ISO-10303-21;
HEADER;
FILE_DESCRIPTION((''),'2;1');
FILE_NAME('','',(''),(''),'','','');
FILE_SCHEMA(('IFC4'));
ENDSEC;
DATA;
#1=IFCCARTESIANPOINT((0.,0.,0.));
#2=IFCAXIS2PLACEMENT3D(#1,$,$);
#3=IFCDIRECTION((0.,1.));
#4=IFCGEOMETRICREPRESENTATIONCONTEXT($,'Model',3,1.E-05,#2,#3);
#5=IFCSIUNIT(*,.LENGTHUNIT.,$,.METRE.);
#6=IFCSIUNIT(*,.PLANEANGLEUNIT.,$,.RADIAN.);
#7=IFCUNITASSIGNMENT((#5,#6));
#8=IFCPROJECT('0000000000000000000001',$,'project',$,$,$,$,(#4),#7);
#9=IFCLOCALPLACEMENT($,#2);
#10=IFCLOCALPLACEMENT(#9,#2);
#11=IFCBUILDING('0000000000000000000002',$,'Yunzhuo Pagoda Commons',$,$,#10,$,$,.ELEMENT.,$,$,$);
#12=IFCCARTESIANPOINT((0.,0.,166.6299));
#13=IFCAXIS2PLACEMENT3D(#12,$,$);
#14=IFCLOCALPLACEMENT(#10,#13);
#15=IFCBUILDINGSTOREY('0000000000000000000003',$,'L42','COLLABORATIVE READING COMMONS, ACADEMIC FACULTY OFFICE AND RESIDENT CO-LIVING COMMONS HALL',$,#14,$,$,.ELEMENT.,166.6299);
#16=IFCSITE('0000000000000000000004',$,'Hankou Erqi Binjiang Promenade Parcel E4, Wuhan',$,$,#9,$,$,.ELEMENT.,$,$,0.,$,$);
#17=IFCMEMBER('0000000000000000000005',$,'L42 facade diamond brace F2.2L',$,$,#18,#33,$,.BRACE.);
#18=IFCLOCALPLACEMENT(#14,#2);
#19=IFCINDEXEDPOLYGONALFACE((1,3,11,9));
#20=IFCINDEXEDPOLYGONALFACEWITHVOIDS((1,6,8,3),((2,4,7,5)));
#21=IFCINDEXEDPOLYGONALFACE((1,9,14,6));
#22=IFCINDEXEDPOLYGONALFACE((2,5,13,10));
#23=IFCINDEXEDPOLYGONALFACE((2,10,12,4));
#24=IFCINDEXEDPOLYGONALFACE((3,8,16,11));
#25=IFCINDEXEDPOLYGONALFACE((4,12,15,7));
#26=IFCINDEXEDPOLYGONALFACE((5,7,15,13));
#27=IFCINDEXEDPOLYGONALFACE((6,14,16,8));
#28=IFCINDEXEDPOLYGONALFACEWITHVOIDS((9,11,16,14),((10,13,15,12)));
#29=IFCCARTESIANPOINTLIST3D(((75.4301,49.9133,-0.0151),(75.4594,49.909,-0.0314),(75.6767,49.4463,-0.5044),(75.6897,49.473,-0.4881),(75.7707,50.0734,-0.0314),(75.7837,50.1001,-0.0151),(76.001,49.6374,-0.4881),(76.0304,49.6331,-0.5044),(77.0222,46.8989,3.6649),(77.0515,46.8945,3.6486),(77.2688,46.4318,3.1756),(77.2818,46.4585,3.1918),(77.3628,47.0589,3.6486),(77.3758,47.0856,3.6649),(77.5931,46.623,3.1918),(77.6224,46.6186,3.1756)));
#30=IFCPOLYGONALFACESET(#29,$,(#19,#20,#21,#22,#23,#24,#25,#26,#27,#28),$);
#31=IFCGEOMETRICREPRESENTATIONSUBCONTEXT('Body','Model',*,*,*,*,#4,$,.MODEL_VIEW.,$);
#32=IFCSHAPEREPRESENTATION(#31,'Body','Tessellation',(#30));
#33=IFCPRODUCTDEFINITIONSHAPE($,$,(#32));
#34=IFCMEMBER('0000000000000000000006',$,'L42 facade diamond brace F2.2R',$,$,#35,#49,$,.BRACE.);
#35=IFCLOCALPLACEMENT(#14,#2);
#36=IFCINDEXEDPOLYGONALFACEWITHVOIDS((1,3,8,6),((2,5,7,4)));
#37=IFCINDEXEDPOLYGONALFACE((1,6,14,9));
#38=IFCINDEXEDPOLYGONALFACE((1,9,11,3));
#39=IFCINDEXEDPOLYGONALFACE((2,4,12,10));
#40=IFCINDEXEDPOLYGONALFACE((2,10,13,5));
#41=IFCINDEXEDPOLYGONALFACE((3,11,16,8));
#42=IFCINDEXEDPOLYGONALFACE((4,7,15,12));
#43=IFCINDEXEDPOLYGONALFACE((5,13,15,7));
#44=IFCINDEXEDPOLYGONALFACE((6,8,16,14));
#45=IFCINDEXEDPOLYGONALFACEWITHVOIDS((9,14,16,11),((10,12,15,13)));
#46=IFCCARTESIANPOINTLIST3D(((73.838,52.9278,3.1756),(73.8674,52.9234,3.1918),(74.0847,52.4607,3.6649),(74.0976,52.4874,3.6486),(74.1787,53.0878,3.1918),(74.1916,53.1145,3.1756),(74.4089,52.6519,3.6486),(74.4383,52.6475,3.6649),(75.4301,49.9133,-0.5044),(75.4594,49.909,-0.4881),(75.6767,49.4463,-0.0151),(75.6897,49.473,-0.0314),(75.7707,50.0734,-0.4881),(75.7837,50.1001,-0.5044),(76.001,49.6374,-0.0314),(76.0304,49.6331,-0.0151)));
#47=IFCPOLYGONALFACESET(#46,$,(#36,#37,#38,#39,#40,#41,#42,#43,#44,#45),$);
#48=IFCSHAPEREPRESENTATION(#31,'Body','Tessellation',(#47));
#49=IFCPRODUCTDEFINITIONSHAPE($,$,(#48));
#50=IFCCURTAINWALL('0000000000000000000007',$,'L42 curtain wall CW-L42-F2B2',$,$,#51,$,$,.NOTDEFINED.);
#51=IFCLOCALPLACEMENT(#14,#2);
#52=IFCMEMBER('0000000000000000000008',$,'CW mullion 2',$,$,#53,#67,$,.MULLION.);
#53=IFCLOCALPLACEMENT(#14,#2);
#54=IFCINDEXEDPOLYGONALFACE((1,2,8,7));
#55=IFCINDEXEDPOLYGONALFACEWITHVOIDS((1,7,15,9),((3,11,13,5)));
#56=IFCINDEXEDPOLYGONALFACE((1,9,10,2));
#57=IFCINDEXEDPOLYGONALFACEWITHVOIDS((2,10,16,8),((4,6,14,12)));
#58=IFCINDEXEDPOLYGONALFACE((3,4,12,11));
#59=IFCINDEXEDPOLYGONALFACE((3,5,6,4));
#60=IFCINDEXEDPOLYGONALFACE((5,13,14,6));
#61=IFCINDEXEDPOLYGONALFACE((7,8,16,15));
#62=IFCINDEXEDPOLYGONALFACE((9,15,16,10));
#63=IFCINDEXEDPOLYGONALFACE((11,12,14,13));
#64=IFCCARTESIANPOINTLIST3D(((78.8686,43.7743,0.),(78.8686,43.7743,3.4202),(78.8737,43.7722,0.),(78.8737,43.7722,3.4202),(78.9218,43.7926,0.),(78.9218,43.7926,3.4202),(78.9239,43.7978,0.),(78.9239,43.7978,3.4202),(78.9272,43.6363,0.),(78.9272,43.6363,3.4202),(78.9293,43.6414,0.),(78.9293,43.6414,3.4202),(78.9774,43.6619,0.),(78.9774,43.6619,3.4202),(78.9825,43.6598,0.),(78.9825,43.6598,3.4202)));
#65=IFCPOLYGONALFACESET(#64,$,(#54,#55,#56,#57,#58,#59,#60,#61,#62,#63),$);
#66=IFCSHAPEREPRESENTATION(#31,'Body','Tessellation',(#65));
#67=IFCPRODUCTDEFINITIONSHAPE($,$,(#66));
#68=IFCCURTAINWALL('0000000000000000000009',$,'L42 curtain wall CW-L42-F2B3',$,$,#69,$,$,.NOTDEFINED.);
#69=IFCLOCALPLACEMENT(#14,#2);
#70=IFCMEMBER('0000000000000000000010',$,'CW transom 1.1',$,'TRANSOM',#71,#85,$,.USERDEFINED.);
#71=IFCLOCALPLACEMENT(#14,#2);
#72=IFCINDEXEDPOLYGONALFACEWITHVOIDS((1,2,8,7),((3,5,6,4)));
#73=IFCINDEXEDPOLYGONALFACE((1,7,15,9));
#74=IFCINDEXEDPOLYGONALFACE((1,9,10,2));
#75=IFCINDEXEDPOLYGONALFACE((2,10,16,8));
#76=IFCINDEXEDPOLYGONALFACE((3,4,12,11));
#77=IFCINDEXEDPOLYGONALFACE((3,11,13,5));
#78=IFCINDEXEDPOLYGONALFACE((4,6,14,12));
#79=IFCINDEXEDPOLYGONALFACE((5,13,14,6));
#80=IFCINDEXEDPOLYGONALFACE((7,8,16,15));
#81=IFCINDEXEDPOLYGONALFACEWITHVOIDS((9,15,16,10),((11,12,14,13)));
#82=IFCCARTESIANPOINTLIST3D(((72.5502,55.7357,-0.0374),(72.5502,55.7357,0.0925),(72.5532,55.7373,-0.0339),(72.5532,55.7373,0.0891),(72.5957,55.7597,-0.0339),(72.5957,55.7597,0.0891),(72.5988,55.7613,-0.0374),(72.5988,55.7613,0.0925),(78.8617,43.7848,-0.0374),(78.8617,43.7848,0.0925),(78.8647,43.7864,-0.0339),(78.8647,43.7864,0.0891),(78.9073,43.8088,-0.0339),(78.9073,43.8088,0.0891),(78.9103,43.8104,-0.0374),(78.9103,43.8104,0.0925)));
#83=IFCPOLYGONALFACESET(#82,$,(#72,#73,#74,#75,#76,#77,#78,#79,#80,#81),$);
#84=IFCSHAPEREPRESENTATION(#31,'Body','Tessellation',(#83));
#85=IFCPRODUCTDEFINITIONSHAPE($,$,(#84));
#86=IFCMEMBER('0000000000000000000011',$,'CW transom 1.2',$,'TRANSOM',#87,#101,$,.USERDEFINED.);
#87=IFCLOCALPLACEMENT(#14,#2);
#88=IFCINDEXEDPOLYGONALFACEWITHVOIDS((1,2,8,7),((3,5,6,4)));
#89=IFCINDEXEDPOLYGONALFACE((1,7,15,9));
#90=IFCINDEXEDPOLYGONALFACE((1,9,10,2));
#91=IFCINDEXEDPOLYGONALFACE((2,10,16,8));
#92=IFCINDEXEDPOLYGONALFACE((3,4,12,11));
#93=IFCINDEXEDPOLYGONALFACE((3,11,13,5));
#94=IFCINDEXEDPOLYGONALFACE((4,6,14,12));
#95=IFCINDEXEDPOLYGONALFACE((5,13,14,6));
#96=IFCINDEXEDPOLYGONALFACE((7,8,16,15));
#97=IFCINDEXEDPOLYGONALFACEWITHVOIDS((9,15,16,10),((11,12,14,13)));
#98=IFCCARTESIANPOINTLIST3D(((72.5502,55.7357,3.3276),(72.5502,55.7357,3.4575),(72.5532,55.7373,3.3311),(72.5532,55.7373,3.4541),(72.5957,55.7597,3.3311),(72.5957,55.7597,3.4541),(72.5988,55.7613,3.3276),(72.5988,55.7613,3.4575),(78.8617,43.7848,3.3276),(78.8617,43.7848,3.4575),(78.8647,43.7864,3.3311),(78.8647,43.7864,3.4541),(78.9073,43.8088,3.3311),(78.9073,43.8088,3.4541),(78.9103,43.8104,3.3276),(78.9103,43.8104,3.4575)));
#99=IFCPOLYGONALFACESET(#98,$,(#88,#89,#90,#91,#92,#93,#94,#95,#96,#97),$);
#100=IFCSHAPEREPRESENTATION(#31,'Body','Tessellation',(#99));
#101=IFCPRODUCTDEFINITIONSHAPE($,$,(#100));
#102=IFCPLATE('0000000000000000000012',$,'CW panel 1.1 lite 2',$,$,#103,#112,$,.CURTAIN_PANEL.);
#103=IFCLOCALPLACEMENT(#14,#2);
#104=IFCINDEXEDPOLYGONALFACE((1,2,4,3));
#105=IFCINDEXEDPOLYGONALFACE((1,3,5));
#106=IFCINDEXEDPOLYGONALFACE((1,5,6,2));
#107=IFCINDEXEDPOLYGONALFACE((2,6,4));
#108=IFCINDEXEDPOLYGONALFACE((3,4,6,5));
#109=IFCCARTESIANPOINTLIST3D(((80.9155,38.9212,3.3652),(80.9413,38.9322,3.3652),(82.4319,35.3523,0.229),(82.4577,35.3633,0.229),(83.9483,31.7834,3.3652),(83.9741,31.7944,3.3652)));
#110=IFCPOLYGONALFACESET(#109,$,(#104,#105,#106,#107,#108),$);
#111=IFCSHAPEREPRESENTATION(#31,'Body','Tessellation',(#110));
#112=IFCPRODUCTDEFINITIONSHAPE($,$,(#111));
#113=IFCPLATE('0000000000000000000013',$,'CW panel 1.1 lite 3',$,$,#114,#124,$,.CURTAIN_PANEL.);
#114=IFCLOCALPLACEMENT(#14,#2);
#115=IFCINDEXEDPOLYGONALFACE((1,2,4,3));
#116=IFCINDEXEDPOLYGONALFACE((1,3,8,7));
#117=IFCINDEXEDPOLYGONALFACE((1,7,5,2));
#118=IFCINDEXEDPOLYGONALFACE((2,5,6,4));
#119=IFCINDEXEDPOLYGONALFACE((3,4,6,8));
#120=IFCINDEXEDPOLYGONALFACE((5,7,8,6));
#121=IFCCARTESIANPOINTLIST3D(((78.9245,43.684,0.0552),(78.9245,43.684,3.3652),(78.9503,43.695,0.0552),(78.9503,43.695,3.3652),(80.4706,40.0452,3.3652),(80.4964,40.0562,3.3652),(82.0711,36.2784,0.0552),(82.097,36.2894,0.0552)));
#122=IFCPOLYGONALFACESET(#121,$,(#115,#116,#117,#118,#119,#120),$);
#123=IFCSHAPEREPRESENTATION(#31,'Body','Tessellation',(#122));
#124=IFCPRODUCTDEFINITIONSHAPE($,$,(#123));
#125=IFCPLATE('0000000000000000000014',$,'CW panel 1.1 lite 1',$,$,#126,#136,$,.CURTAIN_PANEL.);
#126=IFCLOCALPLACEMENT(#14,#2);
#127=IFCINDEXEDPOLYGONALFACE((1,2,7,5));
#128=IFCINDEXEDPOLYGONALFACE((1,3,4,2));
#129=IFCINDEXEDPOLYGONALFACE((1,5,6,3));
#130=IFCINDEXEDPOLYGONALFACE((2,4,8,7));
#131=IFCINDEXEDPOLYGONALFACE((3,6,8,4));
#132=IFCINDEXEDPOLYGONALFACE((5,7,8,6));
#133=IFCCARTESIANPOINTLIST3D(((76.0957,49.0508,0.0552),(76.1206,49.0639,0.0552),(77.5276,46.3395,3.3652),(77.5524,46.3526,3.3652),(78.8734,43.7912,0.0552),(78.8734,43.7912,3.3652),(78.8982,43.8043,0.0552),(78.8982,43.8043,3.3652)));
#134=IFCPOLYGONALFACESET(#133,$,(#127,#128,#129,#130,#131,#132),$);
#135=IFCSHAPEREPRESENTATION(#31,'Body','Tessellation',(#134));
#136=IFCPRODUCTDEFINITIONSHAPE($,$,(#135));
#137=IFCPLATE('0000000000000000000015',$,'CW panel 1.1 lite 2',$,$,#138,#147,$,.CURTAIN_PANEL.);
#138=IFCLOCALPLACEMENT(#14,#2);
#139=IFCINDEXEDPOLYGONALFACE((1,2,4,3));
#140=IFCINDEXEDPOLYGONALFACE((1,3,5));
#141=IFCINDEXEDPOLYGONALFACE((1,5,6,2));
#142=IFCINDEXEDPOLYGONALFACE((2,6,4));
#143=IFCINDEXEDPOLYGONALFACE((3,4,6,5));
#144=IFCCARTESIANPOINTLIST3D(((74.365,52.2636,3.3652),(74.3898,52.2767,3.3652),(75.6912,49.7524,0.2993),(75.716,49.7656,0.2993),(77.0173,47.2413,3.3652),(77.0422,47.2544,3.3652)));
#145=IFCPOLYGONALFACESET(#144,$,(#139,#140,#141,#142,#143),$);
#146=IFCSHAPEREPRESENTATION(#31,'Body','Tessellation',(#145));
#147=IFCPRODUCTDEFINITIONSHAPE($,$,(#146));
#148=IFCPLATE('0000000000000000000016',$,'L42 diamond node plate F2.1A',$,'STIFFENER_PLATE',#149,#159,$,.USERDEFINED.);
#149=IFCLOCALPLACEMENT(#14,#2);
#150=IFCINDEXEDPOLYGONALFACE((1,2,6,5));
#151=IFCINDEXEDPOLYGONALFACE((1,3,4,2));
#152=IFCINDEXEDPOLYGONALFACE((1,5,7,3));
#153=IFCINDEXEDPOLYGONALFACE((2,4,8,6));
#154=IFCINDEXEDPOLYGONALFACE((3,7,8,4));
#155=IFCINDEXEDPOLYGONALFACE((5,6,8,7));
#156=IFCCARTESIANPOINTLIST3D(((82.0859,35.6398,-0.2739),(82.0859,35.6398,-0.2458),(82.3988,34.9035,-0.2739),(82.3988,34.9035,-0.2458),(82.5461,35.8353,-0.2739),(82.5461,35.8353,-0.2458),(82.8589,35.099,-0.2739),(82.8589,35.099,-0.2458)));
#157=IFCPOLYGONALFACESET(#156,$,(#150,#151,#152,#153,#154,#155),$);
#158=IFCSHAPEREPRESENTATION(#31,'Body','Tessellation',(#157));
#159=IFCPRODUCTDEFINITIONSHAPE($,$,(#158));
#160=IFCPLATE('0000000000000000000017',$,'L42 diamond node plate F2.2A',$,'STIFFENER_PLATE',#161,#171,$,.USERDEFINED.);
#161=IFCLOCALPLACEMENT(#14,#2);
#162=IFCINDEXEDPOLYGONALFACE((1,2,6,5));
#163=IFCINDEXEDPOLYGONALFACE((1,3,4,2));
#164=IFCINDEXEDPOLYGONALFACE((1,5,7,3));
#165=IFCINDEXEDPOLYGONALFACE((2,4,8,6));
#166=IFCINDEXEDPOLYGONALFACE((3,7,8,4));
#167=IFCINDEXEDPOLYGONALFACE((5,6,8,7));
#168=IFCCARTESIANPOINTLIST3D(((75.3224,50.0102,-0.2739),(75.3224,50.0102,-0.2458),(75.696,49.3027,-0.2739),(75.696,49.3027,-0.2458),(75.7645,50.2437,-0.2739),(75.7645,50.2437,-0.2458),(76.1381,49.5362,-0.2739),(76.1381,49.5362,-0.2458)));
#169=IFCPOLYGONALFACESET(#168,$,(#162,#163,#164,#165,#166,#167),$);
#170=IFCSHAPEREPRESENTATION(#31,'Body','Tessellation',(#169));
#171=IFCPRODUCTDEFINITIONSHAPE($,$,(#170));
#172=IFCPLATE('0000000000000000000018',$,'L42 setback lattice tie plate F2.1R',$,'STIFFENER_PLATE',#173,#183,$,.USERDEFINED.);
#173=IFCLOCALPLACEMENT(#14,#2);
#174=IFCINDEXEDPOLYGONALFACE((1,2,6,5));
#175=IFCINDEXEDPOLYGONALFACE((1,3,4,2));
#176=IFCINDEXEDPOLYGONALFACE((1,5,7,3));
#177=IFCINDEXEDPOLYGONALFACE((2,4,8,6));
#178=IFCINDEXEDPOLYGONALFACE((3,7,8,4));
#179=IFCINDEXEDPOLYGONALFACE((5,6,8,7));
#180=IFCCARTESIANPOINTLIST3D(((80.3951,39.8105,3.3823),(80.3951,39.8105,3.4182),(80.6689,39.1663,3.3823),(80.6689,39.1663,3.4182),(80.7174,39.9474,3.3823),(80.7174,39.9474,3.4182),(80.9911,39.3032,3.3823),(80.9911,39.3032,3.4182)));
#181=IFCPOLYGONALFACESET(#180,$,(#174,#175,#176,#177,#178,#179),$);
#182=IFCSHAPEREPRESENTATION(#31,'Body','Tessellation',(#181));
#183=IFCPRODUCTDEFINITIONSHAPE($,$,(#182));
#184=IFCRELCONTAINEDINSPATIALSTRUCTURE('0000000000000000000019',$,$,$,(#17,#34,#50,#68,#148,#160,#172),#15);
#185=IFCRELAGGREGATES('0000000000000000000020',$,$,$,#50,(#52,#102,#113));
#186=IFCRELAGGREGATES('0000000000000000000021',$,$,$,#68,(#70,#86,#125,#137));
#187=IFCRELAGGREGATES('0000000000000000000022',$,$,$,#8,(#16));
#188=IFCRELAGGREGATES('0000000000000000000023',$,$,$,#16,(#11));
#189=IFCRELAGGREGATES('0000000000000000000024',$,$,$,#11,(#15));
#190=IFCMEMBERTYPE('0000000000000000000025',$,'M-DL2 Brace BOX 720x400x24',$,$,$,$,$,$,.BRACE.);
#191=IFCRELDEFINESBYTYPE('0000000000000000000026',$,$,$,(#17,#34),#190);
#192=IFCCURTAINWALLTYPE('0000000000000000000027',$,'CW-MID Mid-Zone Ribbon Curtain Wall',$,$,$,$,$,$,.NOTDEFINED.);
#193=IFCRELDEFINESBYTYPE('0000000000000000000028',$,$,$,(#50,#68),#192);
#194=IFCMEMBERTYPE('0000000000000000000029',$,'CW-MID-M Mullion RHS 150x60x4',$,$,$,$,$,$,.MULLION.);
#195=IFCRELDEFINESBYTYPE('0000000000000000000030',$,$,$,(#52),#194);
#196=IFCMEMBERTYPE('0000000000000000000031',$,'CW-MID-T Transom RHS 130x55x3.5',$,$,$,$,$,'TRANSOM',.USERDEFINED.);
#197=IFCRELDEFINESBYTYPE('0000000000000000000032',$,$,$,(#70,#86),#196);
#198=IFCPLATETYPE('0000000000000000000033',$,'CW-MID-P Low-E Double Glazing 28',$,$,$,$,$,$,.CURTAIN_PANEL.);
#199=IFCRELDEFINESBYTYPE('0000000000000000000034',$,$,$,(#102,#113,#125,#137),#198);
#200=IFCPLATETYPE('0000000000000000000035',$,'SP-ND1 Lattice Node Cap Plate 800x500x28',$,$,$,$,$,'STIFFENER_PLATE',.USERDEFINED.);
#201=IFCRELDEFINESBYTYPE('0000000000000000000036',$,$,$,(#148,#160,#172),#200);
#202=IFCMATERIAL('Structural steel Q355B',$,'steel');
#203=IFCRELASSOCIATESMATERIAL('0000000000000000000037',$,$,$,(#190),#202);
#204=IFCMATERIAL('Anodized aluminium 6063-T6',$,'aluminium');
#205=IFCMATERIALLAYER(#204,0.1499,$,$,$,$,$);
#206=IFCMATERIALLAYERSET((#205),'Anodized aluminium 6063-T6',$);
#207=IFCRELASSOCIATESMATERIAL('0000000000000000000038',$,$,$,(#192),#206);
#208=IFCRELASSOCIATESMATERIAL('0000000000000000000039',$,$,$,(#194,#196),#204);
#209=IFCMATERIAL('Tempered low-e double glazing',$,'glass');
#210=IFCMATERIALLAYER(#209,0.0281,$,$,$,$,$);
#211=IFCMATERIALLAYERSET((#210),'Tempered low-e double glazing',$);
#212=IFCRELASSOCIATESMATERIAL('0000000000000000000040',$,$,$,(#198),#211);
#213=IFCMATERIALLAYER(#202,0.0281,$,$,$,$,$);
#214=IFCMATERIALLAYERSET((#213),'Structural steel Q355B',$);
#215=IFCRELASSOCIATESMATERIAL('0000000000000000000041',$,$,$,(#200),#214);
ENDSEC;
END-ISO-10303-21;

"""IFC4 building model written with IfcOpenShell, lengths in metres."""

from ifc_helpers import new_model, si_unit, direction, frame, origin, origin_2d, place, context, subcontext, project, spatial, polyline, rectangle, hollow_rectangle, outline, extrude, source, transform, mapped, material, layer, layer_set, material_profile, profile_set, type_object, element, aggregate, save


model = new_model("IFC4")

# Units and contexts
model_context = context("Model", 3, precision=1e-05, world=origin(), true_north=direction((0.0, 1.0)))
body_context = subcontext(model_context, "Body", "Model", "MODEL_VIEW")
ifc_project = project(units=[si_unit("LENGTHUNIT", "METRE"), si_unit("PLANEANGLEUNIT", "RADIAN")], contexts=[model_context])

# Site, building, storey
site_placement = place(None, origin())
site = spatial("IfcSite", under=ifc_project, at=site_placement, Name="Hankou Erqi Binjiang Promenade Parcel E4, Wuhan", CompositionType="ELEMENT", RefElevation=0.0)
building_placement = place(site_placement, origin())
building = spatial("IfcBuilding", under=site, at=building_placement, Name="Yunzhuo Pagoda Commons", CompositionType="ELEMENT")
storey_placement = place(building_placement, frame((0.0, 0.0, 166.6299)))
storey = spatial("IfcBuildingStorey", under=building, at=storey_placement, Name="L42", Description="COLLABORATIVE READING COMMONS, ACADEMIC FACULTY OFFICE AND RESIDENT CO-LIVING COMMONS HALL", CompositionType="ELEMENT", Elevation=166.6299)

# Shared definitions
ifc_material_1 = material(Name="Structural steel Q355B", Category="steel")

# Members
ifc_material_profile_1 = material_profile(ifc_material_1, hollow_rectangle(XDim=0.3999, YDim=0.72, WallThickness=0.0239, at=origin_2d()), Name="Structural steel Q355B")
ifc_profile_set_1 = profile_set([ifc_material_profile_1], Name="Structural steel Q355B")
member_type_1 = type_object("IfcMemberType", Name="M-DL2 Brace BOX 720x400x24", PredefinedType="BRACE", material=ifc_profile_set_1)
shared_shape_1 = source(origin(), body_context, "Body", "SweptSolid", [
    extrude(hollow_rectangle(XDim=0.3999, YDim=0.72, WallThickness=0.0239, at=origin_2d()), origin(), (0.0, 0.0, 1.0), 5.0164),
])
for number, where, z_axis, x_axis, name in (
    (1, (75.7302, 49.7732, -0.2598), (0.317374, -0.600924, 0.733597), (0.884251, 0.467012, 0.0), "L42 facade diamond brace F2.2L"),
    (2, (75.7302, 49.7732, -0.2598), (-0.317374, 0.600924, 0.733597), (-0.884251, -0.467012, 0.0), "L42 facade diamond brace F2.2R"),
):
    element("IfcMember", number, at=place(storey_placement, frame(where, z_axis=z_axis, x_axis=x_axis)), inside=storey, type_object=member_type_1, Name=name, PredefinedType="BRACE", context=body_context, shape_type="MappedRepresentation", body=[
        mapped(shared_shape_1, transform((0.0, 0.0, 0.0), scale=1.0)),
    ])

# Curtain wall, member
ifc_material_2 = material(Name="Anodized aluminium 6063-T6", Category="aluminium")
ifc_layer_1 = layer(ifc_material_2, 0.1499)
ifc_layer_set_1 = layer_set([ifc_layer_1], Name="Anodized aluminium 6063-T6")
curtain_wall_type = type_object("IfcCurtainWallType", Name="CW-MID Mid-Zone Ribbon Curtain Wall", PredefinedType="NOTDEFINED", material=ifc_layer_set_1)
curtain_wall_1_placement = place(storey_placement, origin())
curtain_wall_1 = element("IfcCurtainWall", 3, at=curtain_wall_1_placement, inside=storey, type_object=curtain_wall_type, Name="L42 curtain wall CW-L42-F2B2", PredefinedType="NOTDEFINED")
ifc_material_profile_2 = material_profile(ifc_material_2, hollow_rectangle(XDim=0.0601, YDim=0.1499, WallThickness=0.0039, at=origin_2d()), Name="Anodized aluminium 6063-T6")
ifc_profile_set_2 = profile_set([ifc_material_profile_2], Name="Anodized aluminium 6063-T6")
member_type_2 = type_object("IfcMemberType", Name="CW-MID-M Mullion RHS 150x60x4", PredefinedType="MULLION", material=ifc_profile_set_2)
shared_shape_2 = source(origin(), body_context, "Body", "SweptSolid", [
    extrude(hollow_rectangle(XDim=0.0601, YDim=0.1499, WallThickness=0.0039, at=origin_2d()), origin(), (0.0, 0.0, 1.0), 3.4202),
])
member_1_placement = place(storey_placement, frame((78.9255, 43.717, 0.0), z_axis=(0.0, 0.0, 1.0), x_axis=(-0.920364, -0.391063, 0.0)))
member_1 = element("IfcMember", 4, at=member_1_placement, type_object=member_type_2, Name="CW mullion 2", PredefinedType="MULLION", context=body_context, shape_type="MappedRepresentation", body=[
    mapped(shared_shape_2, transform((0.0, 0.0, 0.0), scale=1.0)),
])

# Curtain wall, members
curtain_wall_2_placement = place(storey_placement, origin())
curtain_wall_2 = element("IfcCurtainWall", 5, at=curtain_wall_2_placement, inside=storey, type_object=curtain_wall_type, Name="L42 curtain wall CW-L42-F2B3", PredefinedType="NOTDEFINED")
ifc_material_profile_3 = material_profile(ifc_material_2, hollow_rectangle(XDim=0.0549, YDim=0.1299, WallThickness=0.0034, at=origin_2d()), Name="Anodized aluminium 6063-T6")
ifc_profile_set_3 = profile_set([ifc_material_profile_3], Name="Anodized aluminium 6063-T6")
member_type_3 = type_object("IfcMemberType", Name="CW-MID-T Transom RHS 130x55x3.5", ElementType="TRANSOM", PredefinedType="USERDEFINED", material=ifc_profile_set_3)
shared_shape_3 = source(origin(), body_context, "Body", "SweptSolid", [
    extrude(hollow_rectangle(XDim=0.0549, YDim=0.1299, WallThickness=0.0034, at=origin_2d()), origin(), (0.0, 0.0, 1.0), 13.5151),
])
member_2_placement = place(storey_placement, frame((78.886, 43.7976, 0.0276), z_axis=(-0.466995, 0.88426, 0.0), x_axis=(-0.88426, -0.466995, 0.0)))
member_2 = element("IfcMember", 6, at=member_2_placement, type_object=member_type_3, Name="CW transom 1.1", ObjectType="TRANSOM", PredefinedType="USERDEFINED", context=body_context, shape_type="MappedRepresentation", body=[
    mapped(shared_shape_3, transform((0.0, 0.0, 0.0), scale=1.0)),
])
member_3_placement = place(storey_placement, frame((78.886, 43.7976, 3.3926), z_axis=(-0.466995, 0.88426, 0.0), x_axis=(-0.88426, -0.466995, 0.0)))
member_3 = element("IfcMember", 7, at=member_3_placement, type_object=member_type_3, Name="CW transom 1.2", ObjectType="TRANSOM", PredefinedType="USERDEFINED", context=body_context, shape_type="MappedRepresentation", body=[
    mapped(shared_shape_3, transform((0.0, 0.0, 0.0), scale=1.0)),
])

# Plates
ifc_material_3 = material(Name="Tempered low-e double glazing", Category="glass")
ifc_layer_2 = layer(ifc_material_3, 0.0281)
ifc_layer_set_2 = layer_set([ifc_layer_2], Name="Tempered low-e double glazing")
plate_type_1 = type_object("IfcPlateType", Name="CW-MID-P Low-E Double Glazing 28", PredefinedType="CURTAIN_PANEL", material=ifc_layer_set_2)
plate_1_placement = place(storey_placement, frame((82.4319, 35.3523, 1.7971), z_axis=(0.920364, 0.391063, 0.0), x_axis=(-0.391063, 0.920364, 0.0)))
plate_1 = element("IfcPlate", 8, at=plate_1_placement, type_object=plate_type_1, Name="CW panel 1.1 lite 2", PredefinedType="CURTAIN_PANEL", context=body_context, shape_type="SweptSolid", body=[
    extrude(outline(polyline([(-3.8777, 1.5681), (0.0, -1.5681), (3.8777, 1.5681), (-3.8777, 1.5681)])), origin(), (0.0, 0.0, 1.0), 0.0281),
])
plate_2_placement = place(storey_placement, frame((80.4978, 39.9812, 1.7102), z_axis=(0.920364, 0.391063, 0.0), x_axis=(-0.391063, 0.920364, 0.0)))
plate_2 = element("IfcPlate", 9, at=plate_2_placement, type_object=plate_type_1, Name="CW panel 1.1 lite 3", PredefinedType="CURTAIN_PANEL", context=body_context, shape_type="SweptSolid", body=[
    extrude(outline(polyline([(-4.0232, -1.655), (4.0232, -1.655), (4.0232, 1.655), (0.0696, 1.655), (-4.0232, -1.655)])), origin(), (0.0, 0.0, 1.0), 0.0281),
])
aggregate(curtain_wall_1, [member_1, plate_1, plate_2])
plate_3_placement = place(storey_placement, frame((77.4846, 46.4209, 1.7102), z_axis=(0.884263, 0.46699, 0.0), x_axis=(-0.46699, 0.884263, 0.0)))
plate_3 = element("IfcPlate", 10, at=plate_3_placement, type_object=plate_type_1, Name="CW panel 1.1 lite 1", PredefinedType="CURTAIN_PANEL", context=body_context, shape_type="SweptSolid", body=[
    extrude(outline(polyline([(-2.9739, -1.655), (2.9741, -1.655), (-0.092, 1.655), (-2.9739, 1.655), (-2.9739, -1.655)])), origin(), (0.0, 0.0, 1.0), 0.0281),
])
plate_4_placement = place(storey_placement, frame((75.6912, 49.7524, 1.8323), z_axis=(0.884263, 0.46699, 0.0), x_axis=(-0.46699, 0.884263, 0.0)))
plate_4 = element("IfcPlate", 11, at=plate_4_placement, type_object=plate_type_1, Name="CW panel 1.1 lite 2", PredefinedType="CURTAIN_PANEL", context=body_context, shape_type="SweptSolid", body=[
    extrude(outline(polyline([(-2.8398, 1.533), (0.0, -1.533), (2.8398, 1.533), (-2.8398, 1.533)])), origin(), (0.0, 0.0, 1.0), 0.0281),
])
aggregate(curtain_wall_2, [member_2, member_3, plate_3, plate_4])

# Plates
ifc_layer_3 = layer(ifc_material_1, 0.0281)
ifc_layer_set_3 = layer_set([ifc_layer_3], Name="Structural steel Q355B")
plate_type_2 = type_object("IfcPlateType", Name="SP-ND1 Lattice Node Cap Plate 800x500x28", ElementType="STIFFENER_PLATE", PredefinedType="USERDEFINED", material=ifc_layer_set_3)
shared_shape_4 = source(origin(), body_context, "Body", "SweptSolid", [
    extrude(rectangle(XDim=0.8, YDim=0.5, at=origin_2d()), origin(), (0.0, 0.0, 1.0), 0.0281),
])
for number, where, z_axis, x_axis, name in (
    (12, (82.4724, 35.3694, -0.2739), (0.0, 0.0, 1.0), (-0.391068, 0.920362, 0.0), "L42 diamond node plate F2.1A"),
    (13, (75.7302, 49.7732, -0.2739), (0.0, 0.0, 1.0), (-0.466989, 0.884263, 0.0), "L42 diamond node plate F2.2A"),
):
    element("IfcPlate", number, at=place(storey_placement, frame(where, z_axis=z_axis, x_axis=x_axis)), inside=storey, type_object=plate_type_2, Name=name, ObjectType="STIFFENER_PLATE", PredefinedType="USERDEFINED", context=body_context, shape_type="MappedRepresentation", body=[
        mapped(shared_shape_4, transform((0.0, 0.0, 0.0), scale=1.0)),
    ])
shared_shape_5 = source(origin(), body_context, "Body", "SweptSolid", [
    extrude(rectangle(XDim=0.7, YDim=0.3501, at=origin_2d()), origin(), (0.0, 0.0, 1.0), 0.0359),
])
for number, where, z_axis, x_axis, name in (
    (14, (80.6931, 39.5569, 3.3823), (0.0, 0.0, 1.0), (-0.391068, 0.920362, 0.0), "L42 setback lattice tie plate F2.1R"),
):
    element("IfcPlate", number, at=place(storey_placement, frame(where, z_axis=z_axis, x_axis=x_axis)), inside=storey, type_object=plate_type_2, Name=name, ObjectType="STIFFENER_PLATE", PredefinedType="USERDEFINED", context=body_context, shape_type="MappedRepresentation", body=[
        mapped(shared_shape_5, transform((0.0, 0.0, 0.0), scale=1.0)),
    ])

save(model, "model.ifc")
